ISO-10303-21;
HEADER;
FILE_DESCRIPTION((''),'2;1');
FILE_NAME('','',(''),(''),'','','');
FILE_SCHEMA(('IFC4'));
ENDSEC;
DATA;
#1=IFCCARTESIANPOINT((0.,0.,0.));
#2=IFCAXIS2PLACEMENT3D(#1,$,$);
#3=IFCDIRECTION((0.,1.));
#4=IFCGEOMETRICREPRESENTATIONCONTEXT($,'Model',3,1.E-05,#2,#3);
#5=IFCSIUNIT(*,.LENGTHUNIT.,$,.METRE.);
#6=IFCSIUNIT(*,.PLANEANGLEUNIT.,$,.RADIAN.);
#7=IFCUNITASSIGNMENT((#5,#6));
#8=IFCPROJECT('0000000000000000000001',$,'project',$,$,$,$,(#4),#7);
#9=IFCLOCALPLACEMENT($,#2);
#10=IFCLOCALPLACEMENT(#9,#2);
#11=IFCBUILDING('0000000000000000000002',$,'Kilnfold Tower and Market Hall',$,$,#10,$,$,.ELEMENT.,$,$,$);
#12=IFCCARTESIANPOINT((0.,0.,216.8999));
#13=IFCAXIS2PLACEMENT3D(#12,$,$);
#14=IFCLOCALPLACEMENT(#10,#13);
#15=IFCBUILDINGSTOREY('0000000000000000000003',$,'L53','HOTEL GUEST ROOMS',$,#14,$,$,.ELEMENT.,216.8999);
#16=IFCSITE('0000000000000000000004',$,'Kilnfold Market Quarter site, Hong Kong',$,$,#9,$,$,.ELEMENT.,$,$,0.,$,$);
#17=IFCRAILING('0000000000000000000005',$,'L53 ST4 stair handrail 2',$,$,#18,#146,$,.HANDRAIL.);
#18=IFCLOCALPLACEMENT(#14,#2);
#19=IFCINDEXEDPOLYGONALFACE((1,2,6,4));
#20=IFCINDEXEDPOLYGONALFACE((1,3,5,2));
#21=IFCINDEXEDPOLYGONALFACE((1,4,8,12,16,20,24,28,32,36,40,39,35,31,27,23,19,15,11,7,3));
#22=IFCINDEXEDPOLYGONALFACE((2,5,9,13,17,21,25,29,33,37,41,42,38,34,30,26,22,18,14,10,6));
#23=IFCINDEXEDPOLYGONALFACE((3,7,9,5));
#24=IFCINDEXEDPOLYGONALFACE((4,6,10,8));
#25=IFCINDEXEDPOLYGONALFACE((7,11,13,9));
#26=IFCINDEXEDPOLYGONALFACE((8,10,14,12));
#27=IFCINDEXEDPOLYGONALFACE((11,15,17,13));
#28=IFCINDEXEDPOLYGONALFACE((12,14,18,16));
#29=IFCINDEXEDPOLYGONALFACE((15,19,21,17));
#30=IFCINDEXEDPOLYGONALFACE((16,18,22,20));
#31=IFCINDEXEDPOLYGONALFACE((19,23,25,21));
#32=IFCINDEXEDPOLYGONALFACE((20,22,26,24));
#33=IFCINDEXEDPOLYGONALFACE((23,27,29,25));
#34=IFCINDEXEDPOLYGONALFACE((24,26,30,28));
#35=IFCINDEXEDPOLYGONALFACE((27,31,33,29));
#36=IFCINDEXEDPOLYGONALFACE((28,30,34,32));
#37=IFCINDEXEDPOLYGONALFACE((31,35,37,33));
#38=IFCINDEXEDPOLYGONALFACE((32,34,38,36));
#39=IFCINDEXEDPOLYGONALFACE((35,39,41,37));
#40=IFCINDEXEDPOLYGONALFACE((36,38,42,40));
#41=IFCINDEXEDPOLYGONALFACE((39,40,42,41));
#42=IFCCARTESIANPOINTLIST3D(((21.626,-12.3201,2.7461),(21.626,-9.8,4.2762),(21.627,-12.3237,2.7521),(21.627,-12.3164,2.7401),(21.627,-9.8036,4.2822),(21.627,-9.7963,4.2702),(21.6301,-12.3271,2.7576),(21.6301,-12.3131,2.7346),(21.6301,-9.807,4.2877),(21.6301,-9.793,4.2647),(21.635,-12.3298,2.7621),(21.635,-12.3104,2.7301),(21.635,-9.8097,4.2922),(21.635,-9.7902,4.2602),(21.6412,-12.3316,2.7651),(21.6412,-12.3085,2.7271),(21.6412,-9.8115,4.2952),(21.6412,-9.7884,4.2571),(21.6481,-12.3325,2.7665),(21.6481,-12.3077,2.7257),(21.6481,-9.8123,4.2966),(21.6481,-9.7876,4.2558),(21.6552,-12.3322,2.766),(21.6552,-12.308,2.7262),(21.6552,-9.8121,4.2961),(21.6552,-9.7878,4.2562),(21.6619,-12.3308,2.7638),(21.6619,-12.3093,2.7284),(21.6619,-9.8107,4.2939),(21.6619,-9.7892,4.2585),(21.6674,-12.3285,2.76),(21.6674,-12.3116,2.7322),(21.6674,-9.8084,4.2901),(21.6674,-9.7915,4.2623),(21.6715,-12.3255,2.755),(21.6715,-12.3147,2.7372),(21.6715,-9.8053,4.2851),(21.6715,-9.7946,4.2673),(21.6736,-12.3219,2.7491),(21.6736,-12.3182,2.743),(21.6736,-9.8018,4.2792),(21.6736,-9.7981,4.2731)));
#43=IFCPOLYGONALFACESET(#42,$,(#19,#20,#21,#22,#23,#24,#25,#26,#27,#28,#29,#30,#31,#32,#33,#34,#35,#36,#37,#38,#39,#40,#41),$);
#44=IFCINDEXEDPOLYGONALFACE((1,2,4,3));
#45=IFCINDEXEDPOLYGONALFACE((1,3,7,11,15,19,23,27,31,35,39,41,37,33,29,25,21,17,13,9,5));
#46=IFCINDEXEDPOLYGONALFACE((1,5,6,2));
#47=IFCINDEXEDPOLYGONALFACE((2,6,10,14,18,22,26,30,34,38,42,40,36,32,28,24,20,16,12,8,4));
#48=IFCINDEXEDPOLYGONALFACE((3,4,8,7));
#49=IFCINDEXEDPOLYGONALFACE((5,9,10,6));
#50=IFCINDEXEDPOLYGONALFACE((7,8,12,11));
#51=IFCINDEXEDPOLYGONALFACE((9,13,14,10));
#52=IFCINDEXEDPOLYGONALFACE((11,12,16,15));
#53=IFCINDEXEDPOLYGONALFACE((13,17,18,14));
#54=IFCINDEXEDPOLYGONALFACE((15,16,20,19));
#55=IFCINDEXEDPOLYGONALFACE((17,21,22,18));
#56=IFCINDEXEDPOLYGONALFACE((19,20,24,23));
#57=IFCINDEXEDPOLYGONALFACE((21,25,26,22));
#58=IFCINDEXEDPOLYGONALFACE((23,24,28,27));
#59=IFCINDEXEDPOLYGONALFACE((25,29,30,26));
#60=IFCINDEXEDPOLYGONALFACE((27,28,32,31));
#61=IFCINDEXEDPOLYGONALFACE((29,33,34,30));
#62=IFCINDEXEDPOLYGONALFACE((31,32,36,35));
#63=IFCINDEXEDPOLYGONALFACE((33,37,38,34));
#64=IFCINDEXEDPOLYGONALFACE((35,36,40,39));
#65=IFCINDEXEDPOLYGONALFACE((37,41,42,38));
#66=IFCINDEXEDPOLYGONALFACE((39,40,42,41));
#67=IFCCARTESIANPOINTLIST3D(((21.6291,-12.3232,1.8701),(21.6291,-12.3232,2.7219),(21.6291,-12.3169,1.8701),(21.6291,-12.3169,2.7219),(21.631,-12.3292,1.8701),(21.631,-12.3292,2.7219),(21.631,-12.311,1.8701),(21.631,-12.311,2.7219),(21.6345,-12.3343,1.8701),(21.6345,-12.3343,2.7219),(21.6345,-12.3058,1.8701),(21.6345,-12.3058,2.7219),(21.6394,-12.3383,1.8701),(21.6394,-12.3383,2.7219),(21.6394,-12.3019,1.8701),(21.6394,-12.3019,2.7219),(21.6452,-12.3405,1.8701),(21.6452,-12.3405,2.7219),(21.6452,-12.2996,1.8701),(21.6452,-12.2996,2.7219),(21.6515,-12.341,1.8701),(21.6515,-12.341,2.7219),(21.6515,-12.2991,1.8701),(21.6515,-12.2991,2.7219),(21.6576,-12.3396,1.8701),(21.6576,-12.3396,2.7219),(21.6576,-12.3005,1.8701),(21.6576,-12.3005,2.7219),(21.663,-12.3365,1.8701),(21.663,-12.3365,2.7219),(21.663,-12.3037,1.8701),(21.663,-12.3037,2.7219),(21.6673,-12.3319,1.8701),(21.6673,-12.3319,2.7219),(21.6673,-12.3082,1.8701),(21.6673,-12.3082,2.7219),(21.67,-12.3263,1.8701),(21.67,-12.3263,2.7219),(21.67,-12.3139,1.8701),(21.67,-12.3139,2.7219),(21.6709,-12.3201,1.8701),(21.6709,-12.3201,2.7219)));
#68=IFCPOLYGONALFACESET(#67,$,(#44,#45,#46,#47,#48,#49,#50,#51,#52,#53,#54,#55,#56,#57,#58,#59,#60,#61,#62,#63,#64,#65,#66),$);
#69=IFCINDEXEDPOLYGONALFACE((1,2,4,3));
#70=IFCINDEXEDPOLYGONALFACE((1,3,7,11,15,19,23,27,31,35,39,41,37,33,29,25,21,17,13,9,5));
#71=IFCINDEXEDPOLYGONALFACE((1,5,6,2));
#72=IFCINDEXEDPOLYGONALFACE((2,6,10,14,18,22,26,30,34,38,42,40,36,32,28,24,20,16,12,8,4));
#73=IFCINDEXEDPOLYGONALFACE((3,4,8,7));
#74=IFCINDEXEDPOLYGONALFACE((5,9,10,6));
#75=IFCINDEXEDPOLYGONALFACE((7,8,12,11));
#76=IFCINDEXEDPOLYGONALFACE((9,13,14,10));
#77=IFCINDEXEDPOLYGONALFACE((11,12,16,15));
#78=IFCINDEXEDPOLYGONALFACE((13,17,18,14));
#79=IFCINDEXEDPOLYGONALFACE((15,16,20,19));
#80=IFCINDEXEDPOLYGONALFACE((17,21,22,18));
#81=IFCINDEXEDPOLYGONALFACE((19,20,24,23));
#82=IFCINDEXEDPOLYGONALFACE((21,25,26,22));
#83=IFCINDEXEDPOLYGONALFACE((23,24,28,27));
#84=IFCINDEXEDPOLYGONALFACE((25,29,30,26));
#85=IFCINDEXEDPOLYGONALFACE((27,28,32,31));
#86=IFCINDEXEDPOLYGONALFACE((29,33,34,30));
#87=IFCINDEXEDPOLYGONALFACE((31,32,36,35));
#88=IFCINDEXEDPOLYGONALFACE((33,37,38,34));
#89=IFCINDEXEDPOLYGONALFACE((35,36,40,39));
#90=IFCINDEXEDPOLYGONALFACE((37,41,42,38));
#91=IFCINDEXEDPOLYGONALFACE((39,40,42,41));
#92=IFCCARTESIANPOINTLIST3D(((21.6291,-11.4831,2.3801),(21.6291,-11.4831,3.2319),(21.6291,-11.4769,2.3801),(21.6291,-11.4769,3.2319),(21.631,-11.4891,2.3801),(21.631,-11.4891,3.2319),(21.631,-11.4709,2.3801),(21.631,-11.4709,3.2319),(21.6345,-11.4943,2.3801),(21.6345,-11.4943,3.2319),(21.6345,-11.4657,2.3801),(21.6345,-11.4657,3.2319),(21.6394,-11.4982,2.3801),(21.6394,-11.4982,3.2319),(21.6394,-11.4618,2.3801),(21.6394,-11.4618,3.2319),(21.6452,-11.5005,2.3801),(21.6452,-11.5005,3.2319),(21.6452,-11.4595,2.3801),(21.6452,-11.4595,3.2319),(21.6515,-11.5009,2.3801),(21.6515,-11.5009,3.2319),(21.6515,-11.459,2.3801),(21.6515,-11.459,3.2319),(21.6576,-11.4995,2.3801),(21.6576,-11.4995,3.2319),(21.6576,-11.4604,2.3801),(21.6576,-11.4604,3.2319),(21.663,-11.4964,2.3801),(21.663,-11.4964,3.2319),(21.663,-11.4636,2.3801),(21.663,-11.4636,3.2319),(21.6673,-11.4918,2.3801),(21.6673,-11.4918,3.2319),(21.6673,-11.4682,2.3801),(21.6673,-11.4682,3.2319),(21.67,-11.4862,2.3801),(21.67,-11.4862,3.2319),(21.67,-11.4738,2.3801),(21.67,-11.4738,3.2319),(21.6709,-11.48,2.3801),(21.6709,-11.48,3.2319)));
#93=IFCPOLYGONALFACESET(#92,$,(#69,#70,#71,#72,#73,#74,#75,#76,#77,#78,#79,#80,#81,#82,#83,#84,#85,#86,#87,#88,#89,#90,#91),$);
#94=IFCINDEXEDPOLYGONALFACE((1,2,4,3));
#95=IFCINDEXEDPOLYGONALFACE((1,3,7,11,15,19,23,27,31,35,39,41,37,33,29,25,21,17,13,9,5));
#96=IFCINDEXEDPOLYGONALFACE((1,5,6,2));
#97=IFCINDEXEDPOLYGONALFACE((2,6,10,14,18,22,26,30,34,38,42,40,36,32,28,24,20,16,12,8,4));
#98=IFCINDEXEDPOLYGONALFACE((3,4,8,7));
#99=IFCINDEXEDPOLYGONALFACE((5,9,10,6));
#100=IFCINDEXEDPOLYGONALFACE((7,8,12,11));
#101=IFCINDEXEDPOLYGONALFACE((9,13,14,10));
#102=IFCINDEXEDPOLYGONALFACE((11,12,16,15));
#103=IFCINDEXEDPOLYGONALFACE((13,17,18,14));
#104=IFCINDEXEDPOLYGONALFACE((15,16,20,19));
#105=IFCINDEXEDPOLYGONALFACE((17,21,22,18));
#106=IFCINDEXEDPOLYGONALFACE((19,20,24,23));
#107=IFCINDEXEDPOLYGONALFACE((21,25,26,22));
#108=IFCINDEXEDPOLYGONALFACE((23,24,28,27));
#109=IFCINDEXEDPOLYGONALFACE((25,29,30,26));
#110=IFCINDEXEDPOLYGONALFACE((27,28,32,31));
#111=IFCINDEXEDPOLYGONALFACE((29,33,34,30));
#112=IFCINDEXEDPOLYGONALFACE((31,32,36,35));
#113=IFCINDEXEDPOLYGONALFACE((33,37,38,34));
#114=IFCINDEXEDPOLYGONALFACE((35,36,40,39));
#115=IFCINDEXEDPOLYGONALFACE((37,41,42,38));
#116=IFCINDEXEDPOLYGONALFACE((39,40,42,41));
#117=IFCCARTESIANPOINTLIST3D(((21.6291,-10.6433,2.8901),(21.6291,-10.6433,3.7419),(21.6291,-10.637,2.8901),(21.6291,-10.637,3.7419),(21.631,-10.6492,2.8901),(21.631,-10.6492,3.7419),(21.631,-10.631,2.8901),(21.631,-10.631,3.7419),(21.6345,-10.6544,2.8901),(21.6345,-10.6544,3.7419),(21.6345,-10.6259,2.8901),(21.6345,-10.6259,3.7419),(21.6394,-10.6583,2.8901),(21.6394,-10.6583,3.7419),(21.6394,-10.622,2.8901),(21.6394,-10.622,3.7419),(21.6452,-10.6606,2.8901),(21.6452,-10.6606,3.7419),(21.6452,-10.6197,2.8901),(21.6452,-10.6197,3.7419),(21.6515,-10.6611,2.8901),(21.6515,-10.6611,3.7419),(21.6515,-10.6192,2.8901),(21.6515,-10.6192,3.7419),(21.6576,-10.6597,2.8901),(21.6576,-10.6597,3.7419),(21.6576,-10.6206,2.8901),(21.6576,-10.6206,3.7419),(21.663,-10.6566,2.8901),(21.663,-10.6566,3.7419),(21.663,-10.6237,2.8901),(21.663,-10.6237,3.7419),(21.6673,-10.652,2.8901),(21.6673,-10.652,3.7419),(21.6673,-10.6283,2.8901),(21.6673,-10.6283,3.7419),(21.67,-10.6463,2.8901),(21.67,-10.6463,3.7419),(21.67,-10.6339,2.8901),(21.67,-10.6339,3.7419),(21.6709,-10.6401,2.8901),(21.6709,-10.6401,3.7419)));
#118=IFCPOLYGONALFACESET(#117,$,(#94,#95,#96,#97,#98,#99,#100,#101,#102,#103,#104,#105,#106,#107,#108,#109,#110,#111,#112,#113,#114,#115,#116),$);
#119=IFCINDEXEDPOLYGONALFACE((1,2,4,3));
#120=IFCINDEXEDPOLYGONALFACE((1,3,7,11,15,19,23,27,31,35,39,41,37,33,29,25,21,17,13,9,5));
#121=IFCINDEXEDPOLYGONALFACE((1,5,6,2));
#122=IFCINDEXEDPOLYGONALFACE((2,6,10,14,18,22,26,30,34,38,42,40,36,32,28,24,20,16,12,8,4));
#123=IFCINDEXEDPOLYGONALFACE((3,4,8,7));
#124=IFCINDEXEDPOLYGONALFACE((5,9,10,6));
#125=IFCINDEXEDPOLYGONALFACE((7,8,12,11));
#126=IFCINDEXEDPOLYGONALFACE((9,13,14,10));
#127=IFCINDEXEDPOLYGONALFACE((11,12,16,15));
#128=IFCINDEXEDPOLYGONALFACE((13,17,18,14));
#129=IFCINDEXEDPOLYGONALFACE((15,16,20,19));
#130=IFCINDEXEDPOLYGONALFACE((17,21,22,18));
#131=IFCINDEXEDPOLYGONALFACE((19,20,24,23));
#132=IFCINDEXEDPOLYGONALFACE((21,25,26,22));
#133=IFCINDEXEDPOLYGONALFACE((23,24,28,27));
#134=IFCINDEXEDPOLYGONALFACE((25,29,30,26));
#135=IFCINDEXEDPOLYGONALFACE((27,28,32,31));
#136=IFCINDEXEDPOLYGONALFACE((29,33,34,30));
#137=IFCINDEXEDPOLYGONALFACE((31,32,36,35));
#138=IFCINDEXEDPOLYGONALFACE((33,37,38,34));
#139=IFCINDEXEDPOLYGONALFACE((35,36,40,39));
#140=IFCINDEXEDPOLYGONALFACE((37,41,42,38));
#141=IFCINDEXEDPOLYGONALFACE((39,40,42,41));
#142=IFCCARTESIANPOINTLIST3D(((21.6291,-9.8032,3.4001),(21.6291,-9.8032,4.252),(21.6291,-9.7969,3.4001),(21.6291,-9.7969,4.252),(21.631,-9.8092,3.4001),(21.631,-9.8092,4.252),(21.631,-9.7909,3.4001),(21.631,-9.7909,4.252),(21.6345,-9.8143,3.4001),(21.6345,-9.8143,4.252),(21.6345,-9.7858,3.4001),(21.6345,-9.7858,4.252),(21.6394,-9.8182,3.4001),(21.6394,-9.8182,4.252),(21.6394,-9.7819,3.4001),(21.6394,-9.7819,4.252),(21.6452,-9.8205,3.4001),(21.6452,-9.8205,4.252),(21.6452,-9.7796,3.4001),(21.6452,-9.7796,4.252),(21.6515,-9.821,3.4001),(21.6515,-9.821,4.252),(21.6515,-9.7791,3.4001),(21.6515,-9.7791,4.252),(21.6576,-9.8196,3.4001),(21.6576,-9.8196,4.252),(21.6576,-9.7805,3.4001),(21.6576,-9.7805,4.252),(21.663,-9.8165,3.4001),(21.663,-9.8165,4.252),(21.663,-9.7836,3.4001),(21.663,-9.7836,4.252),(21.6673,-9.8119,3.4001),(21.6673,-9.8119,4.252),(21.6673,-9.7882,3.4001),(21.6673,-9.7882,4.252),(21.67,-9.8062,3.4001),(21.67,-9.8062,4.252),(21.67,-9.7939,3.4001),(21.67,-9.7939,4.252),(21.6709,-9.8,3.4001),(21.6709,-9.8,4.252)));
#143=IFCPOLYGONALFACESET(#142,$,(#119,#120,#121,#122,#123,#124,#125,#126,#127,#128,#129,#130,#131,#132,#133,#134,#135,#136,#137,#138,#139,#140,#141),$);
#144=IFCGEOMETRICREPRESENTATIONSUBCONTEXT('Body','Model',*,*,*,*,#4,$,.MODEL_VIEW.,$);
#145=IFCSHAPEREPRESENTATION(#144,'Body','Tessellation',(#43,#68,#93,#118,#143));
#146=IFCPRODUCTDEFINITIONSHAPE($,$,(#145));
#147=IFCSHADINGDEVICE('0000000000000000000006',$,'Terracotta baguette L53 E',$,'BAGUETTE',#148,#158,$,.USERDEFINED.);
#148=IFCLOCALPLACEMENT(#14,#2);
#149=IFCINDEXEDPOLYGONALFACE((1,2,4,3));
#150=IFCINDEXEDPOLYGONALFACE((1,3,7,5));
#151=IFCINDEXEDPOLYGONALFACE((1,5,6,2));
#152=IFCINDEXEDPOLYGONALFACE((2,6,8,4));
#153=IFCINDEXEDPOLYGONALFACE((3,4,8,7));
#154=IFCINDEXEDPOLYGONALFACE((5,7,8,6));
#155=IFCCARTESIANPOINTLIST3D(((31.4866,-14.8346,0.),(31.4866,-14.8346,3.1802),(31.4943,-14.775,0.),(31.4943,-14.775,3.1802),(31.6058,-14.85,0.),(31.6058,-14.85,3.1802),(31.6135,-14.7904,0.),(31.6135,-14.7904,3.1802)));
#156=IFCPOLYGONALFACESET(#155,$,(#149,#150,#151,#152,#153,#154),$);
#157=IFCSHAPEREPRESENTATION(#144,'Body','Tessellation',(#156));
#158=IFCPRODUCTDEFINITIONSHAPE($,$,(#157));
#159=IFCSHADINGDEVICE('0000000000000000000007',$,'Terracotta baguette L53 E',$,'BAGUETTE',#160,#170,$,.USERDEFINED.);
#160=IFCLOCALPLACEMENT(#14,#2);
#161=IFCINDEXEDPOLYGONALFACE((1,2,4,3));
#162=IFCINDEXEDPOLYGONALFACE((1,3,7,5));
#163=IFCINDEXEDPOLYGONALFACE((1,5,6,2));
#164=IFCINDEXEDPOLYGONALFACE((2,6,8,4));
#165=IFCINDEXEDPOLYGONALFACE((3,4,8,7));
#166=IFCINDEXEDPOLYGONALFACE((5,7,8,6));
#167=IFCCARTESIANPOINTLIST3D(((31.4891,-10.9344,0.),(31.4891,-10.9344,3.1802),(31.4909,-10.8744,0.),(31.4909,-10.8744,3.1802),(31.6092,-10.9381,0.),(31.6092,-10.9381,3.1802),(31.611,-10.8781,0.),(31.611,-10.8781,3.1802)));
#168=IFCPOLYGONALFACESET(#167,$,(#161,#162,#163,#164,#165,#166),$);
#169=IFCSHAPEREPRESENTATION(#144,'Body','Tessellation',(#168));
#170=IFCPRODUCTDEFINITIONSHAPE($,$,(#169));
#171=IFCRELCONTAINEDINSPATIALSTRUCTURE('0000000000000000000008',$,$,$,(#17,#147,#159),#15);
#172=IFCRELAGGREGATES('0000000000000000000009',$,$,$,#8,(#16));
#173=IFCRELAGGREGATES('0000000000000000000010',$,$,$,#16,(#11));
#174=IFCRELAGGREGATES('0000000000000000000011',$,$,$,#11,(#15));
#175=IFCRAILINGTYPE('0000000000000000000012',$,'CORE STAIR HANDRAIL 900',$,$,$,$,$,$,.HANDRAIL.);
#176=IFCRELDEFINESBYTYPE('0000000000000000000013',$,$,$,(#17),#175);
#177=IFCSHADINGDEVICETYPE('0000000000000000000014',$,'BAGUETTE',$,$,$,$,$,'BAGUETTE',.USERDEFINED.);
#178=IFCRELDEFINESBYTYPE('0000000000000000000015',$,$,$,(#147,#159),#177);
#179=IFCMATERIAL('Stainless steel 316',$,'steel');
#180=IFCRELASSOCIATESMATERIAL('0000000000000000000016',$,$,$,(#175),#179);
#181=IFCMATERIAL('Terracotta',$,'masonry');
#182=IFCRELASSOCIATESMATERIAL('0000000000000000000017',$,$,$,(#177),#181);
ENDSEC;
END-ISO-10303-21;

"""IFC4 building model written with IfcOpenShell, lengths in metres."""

from ifc_helpers import new_model, si_unit, direction, frame, origin, origin_2d, place, context, subcontext, project, spatial, rectangle, circle, extrude, source, transform, mapped, material, material_profile, profile_set, type_object, element, save


model = new_model("IFC4")

# Units and contexts
model_context = context("Model", 3, precision=1e-05, world=origin(), true_north=direction((0.0, 1.0)))
body_context = subcontext(model_context, "Body", "Model", "MODEL_VIEW")
ifc_project = project(units=[si_unit("LENGTHUNIT", "METRE"), si_unit("PLANEANGLEUNIT", "RADIAN")], contexts=[model_context])

# Site, building, storey
site_placement = place(None, origin())
site = spatial("IfcSite", under=ifc_project, at=site_placement, Name="Kilnfold Market Quarter site, Hong Kong", CompositionType="ELEMENT", RefElevation=0.0)
building_placement = place(site_placement, origin())
building = spatial("IfcBuilding", under=site, at=building_placement, Name="Kilnfold Tower and Market Hall", CompositionType="ELEMENT")
storey_placement = place(building_placement, frame((0.0, 0.0, 216.8999)))
storey = spatial("IfcBuildingStorey", under=building, at=storey_placement, Name="L53", Description="HOTEL GUEST ROOMS", CompositionType="ELEMENT", Elevation=216.8999)

# Railing
ifc_material_1 = material(Name="Stainless steel 316", Category="steel")
railing_type = type_object("IfcRailingType", Name="CORE STAIR HANDRAIL 900", PredefinedType="HANDRAIL", material=ifc_material_1)
railing_placement = place(storey_placement, frame((21.6499, -12.3201, 1.8701)))
element("IfcRailing", 1, at=railing_placement, inside=storey, type_object=railing_type, Name="L53 ST4 stair handrail 2", PredefinedType="HANDRAIL", context=body_context, shape_type="SweptSolid", body=[
    extrude(circle(Radius=0.0239, at=origin_2d()), frame((0.0, 0.0, 0.876), z_axis=(0.0, 0.854785, 0.518982), x_axis=(-1.0, 0.0, 0.0)), (0.0, 0.0, 1.0), 2.9482),
    extrude(circle(Radius=0.021, at=origin_2d()), origin(), (0.0, 0.0, 1.0), 0.8518),
    extrude(circle(Radius=0.021, at=origin_2d()), frame((0.0, 0.8401, 0.51)), (0.0, 0.0, 1.0), 0.8518),
    extrude(circle(Radius=0.021, at=origin_2d()), frame((0.0, 1.6799, 1.02)), (0.0, 0.0, 1.0), 0.8518),
    extrude(circle(Radius=0.021, at=origin_2d()), frame((0.0, 2.52, 1.53)), (0.0, 0.0, 1.0), 0.8518),
])

# Shading devices
ifc_material_2 = material(Name="Terracotta", Category="masonry")
ifc_material_profile_1 = material_profile(ifc_material_2, rectangle(XDim=0.0601, YDim=0.1201, at=origin_2d()), Name="BAG 60x120")
ifc_profile_set_1 = profile_set([ifc_material_profile_1], Name="Terracotta")
shading_device_type = type_object("IfcShadingDeviceType", Name="BAGUETTE", ElementType="BAGUETTE", PredefinedType="USERDEFINED", material=ifc_profile_set_1)
shared_shape_1 = source(origin(), body_context, "Body", "SweptSolid", [
    extrude(rectangle(XDim=0.0601, YDim=0.1201, at=origin_2d()), origin(), (0.0, 0.0, 1.0), 3.1802),
])
for number, where, z_axis, x_axis, name in (
    (2, (31.55, -14.8125, 0.0), (0.0, 0.0, 1.0), (0.12797, 0.991778, 0.0), "Terracotta baguette L53 E"),
    (3, (31.55, -10.9062, 0.0), (0.0, 0.0, 1.0), (0.030847, 0.999524, 0.0), "Terracotta baguette L53 E"),
):
    element("IfcShadingDevice", number, at=place(storey_placement, frame(where, z_axis=z_axis, x_axis=x_axis)), inside=storey, type_object=shading_device_type, Name=name, ObjectType="BAGUETTE", PredefinedType="USERDEFINED", context=body_context, shape_type="MappedRepresentation", body=[
        mapped(shared_shape_1, transform((0.0, 0.0, 0.0))),
    ])

save(model, "model.ifc")
